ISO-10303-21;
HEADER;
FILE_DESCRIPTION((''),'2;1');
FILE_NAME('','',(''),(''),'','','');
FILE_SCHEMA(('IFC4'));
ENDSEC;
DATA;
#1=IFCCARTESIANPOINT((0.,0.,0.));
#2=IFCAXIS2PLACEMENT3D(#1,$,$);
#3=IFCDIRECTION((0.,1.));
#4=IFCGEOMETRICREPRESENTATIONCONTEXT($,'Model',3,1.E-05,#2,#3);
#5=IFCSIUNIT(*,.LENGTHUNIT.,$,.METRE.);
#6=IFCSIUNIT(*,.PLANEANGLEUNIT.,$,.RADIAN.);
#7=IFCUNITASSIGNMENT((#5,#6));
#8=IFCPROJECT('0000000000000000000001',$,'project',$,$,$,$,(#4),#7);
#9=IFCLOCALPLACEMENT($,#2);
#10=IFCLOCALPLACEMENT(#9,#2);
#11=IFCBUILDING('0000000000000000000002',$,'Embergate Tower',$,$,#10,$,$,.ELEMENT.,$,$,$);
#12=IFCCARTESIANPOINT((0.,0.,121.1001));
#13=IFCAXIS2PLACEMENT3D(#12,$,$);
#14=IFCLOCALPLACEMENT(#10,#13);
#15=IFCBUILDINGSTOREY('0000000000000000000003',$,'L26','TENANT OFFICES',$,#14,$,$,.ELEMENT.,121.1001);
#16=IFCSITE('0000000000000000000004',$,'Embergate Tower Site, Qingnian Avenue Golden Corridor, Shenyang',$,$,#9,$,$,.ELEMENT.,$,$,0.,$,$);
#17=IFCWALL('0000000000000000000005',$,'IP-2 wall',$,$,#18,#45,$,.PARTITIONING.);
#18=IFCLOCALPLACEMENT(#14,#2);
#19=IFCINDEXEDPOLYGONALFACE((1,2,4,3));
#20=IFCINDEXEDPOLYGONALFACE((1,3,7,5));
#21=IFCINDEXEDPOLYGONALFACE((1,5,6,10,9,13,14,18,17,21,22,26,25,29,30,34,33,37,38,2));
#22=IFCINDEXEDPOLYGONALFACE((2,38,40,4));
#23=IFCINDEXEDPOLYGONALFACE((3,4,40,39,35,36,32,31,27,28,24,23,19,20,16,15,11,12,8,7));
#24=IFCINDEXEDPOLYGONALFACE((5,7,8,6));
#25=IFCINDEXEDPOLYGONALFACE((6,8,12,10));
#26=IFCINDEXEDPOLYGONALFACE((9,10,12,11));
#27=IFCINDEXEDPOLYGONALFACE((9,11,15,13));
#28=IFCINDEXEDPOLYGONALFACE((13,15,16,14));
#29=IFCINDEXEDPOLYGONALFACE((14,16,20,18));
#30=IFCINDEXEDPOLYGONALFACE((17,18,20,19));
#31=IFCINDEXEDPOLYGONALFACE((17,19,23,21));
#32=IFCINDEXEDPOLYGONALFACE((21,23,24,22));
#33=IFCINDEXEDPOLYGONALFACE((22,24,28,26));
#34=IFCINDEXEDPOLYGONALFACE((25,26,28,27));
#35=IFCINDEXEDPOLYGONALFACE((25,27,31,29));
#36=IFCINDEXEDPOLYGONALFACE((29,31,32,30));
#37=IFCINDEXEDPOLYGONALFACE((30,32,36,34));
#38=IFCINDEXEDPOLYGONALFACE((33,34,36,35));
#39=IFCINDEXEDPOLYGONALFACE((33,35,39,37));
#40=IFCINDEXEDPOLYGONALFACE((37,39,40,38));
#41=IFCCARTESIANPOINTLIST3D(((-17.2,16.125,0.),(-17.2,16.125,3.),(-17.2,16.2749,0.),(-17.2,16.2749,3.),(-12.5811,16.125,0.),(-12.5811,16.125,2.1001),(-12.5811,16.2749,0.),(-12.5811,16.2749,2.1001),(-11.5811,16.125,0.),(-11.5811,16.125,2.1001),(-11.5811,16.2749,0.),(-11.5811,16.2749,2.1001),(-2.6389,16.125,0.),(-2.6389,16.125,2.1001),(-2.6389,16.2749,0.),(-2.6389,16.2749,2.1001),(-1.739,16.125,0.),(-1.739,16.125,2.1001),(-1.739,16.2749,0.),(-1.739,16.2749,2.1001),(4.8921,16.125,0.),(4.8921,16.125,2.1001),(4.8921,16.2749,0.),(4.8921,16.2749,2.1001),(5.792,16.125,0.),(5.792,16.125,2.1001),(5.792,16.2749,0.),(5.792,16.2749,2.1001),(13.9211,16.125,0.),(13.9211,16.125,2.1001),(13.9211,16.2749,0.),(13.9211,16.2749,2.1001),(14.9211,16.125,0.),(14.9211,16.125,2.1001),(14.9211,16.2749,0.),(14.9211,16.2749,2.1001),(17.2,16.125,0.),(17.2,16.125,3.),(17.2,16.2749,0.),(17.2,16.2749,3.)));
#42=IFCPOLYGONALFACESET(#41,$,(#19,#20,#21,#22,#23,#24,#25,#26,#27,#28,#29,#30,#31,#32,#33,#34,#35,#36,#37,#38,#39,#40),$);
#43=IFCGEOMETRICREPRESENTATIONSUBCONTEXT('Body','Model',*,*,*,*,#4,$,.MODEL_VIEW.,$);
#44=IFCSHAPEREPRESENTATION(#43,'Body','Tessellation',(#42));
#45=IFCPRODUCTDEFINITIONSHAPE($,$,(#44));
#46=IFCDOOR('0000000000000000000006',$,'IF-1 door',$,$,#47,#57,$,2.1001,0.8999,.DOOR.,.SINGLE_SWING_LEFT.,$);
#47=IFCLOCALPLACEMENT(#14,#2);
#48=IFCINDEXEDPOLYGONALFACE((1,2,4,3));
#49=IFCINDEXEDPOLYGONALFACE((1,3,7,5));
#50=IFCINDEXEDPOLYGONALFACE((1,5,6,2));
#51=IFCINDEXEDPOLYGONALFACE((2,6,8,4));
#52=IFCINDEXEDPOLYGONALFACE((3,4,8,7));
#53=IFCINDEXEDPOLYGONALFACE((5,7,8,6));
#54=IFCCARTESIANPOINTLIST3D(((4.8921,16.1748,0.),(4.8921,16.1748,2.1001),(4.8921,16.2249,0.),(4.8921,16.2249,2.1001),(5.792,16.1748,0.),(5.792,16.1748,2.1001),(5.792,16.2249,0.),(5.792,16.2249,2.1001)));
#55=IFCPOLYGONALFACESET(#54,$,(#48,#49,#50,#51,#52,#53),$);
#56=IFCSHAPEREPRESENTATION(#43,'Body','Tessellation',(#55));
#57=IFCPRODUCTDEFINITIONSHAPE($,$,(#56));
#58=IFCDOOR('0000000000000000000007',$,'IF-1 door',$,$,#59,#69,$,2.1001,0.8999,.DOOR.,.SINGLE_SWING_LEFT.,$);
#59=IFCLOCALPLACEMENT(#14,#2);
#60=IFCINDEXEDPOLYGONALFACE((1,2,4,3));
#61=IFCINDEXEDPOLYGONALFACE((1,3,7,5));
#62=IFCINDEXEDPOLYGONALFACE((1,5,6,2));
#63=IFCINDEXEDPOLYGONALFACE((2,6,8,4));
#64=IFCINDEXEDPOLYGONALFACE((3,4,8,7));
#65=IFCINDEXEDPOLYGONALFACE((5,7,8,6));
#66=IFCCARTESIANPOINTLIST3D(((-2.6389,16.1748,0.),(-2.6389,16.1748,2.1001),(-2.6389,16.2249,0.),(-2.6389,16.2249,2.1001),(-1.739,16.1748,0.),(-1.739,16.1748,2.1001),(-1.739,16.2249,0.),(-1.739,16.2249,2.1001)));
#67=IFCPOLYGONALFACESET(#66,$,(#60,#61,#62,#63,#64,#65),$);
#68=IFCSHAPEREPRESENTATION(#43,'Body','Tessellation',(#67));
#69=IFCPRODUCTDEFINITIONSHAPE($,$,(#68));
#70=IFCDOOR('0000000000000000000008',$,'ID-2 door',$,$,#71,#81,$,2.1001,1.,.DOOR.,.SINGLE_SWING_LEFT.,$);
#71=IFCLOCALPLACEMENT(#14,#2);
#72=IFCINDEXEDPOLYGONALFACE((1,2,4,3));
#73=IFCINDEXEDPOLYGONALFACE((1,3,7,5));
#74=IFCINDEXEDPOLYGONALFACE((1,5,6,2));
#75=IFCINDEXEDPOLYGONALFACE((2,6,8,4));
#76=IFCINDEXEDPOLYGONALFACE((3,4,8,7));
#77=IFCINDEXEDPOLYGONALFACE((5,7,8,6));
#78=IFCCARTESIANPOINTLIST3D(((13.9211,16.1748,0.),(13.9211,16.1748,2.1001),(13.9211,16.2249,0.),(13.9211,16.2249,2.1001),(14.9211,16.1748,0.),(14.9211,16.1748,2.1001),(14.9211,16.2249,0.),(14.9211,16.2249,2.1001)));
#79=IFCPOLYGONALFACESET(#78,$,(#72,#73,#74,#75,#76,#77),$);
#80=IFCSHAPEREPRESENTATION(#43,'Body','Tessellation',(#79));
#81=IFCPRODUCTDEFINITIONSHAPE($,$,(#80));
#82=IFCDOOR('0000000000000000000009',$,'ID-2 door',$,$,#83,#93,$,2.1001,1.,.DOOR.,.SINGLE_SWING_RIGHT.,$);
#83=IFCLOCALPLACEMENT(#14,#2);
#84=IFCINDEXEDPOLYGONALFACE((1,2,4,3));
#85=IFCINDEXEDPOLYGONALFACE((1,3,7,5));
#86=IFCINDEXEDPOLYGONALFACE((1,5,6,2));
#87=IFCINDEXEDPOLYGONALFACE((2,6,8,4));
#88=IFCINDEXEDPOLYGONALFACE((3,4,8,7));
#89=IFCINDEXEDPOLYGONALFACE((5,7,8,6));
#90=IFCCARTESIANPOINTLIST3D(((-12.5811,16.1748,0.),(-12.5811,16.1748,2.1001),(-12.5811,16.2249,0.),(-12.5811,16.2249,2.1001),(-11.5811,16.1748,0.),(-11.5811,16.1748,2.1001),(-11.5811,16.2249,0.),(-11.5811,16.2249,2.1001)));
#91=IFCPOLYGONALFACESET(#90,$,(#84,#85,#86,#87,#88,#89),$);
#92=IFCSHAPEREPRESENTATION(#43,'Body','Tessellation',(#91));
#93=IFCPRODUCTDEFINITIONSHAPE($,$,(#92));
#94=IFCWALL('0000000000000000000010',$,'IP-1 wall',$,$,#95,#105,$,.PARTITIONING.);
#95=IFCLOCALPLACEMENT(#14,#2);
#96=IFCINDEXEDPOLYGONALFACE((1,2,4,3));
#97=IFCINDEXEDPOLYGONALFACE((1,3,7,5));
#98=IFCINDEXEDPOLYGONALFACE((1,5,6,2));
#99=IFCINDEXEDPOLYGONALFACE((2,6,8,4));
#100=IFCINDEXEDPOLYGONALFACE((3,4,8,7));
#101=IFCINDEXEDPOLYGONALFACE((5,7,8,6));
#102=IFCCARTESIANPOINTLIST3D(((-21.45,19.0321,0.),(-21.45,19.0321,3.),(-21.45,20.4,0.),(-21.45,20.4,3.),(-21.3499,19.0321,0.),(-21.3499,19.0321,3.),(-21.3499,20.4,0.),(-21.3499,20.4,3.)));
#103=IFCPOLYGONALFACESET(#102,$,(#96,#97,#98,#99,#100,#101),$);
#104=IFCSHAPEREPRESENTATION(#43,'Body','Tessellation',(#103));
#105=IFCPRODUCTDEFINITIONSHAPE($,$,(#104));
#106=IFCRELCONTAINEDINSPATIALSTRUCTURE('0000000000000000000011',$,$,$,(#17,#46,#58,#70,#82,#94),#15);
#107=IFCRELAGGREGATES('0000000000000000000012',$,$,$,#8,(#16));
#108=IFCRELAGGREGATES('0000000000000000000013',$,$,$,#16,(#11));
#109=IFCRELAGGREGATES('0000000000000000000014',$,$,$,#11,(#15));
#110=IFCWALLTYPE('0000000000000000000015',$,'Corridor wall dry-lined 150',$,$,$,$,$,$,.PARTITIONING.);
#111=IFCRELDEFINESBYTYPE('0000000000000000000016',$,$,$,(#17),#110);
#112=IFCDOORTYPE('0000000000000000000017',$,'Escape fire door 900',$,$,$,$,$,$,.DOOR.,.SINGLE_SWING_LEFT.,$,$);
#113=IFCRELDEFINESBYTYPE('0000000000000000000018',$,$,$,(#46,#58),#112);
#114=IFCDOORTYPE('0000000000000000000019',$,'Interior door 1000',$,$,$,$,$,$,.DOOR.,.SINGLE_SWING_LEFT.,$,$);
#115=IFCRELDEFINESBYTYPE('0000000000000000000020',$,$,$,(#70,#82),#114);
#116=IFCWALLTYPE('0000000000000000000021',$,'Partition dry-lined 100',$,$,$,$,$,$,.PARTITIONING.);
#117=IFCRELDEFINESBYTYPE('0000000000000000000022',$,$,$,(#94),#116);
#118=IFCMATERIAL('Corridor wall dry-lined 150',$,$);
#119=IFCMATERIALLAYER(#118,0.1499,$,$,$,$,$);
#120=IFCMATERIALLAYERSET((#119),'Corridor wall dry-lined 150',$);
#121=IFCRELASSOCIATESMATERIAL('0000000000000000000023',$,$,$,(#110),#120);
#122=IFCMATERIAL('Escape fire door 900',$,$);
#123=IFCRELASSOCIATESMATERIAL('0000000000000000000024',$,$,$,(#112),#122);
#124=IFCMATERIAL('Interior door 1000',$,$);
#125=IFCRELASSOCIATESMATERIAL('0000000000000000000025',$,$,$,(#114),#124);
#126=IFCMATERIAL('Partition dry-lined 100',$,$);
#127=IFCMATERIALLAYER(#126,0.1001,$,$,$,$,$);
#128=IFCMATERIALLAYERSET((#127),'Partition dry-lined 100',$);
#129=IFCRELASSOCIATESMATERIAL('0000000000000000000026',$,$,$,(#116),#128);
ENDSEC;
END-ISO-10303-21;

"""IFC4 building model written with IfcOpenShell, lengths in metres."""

from ifc_helpers import new_model, si_unit, direction, frame, frame_2d, origin, place, context, subcontext, project, spatial, rectangle, extrude, source, transform, mapped, material, layer, layer_set, type_object, element, fill, save


model = new_model("IFC4")

# Units and contexts
model_context = context("Model", 3, precision=1e-05, world=origin(), true_north=direction((0.0, 1.0)))
body_context = subcontext(model_context, "Body", "Model", "MODEL_VIEW")
ifc_project = project(units=[si_unit("LENGTHUNIT", "METRE"), si_unit("PLANEANGLEUNIT", "RADIAN")], contexts=[model_context])

# Site, building, storey
site_placement = place(None, origin())
site = spatial("IfcSite", under=ifc_project, at=site_placement, Name="Embergate Tower Site, Qingnian Avenue Golden Corridor, Shenyang", CompositionType="ELEMENT", RefElevation=0.0)
building_placement = place(site_placement, origin())
building = spatial("IfcBuilding", under=site, at=building_placement, Name="Embergate Tower", CompositionType="ELEMENT")
storey_placement = place(building_placement, frame((0.0, 0.0, 121.1001)))
storey = spatial("IfcBuildingStorey", under=building, at=storey_placement, Name="L26", Description="TENANT OFFICES", CompositionType="ELEMENT", Elevation=121.1001)

# Wall, openings, doors
ifc_material_1 = material(Name="Corridor wall dry-lined 150")
ifc_layer_1 = layer(ifc_material_1, 0.1499)
ifc_layer_set_1 = layer_set([ifc_layer_1], Name="Corridor wall dry-lined 150")
wall_type_1 = type_object("IfcWallType", Name="Corridor wall dry-lined 150", PredefinedType="PARTITIONING", material=ifc_layer_set_1)
shared_shape_1 = source(origin(), body_context, "Body", "SweptSolid", [
    extrude(rectangle(XDim=34.3999, YDim=0.1499, at=frame_2d((17.2, 0.0))), origin(), (0.0, 0.0, 1.0), 3.0),
])
wall_1_placement = place(storey_placement, frame((-17.2, 16.2, 0.0), z_axis=(0.0, 0.0, 1.0), x_axis=(1.0, 0.0, 0.0)))
wall_1 = element("IfcWall", 1, at=wall_1_placement, inside=storey, type_object=wall_type_1, Name="IP-2 wall", PredefinedType="PARTITIONING", context=body_context, shape_type="MappedRepresentation", body=[
    mapped(shared_shape_1, transform((0.0, 0.0, 0.0))),
])
shared_shape_2 = source(origin(), body_context, "Body", "SweptSolid", [
    extrude(rectangle(XDim=1.0, YDim=2.1001, at=frame_2d((0.5, 1.05))), frame((0.0, 0.085, 0.0), z_axis=(0.0, -1.0, 0.0), x_axis=(1.0, 0.0, 0.0)), (0.0, 0.0, 1.0), 0.1699),
])
opening_1_placement = place(wall_1_placement, frame((31.1211, 0.0, 0.0)))
opening_1 = element("IfcOpeningElement", 2, at=opening_1_placement, cuts=wall_1, PredefinedType="OPENING", context=body_context, shape_type="MappedRepresentation", body=[
    mapped(shared_shape_2, transform((0.0, 0.0, 0.0))),
])
shared_shape_3 = source(origin(), body_context, "Body", "SweptSolid", [
    extrude(rectangle(XDim=0.8999, YDim=2.1001, at=frame_2d((0.45, 1.05))), frame((0.0, 0.085, 0.0), z_axis=(0.0, -1.0, 0.0), x_axis=(1.0, 0.0, 0.0)), (0.0, 0.0, 1.0), 0.1699),
])
opening_2_placement = place(wall_1_placement, frame((22.092, 0.0, 0.0)))
opening_2 = element("IfcOpeningElement", 3, at=opening_2_placement, cuts=wall_1, PredefinedType="OPENING", context=body_context, shape_type="MappedRepresentation", body=[
    mapped(shared_shape_3, transform((0.0, 0.0, 0.0))),
])
opening_3_placement = place(wall_1_placement, frame((14.561, 0.0, 0.0)))
opening_3 = element("IfcOpeningElement", 4, at=opening_3_placement, cuts=wall_1, PredefinedType="OPENING", context=body_context, shape_type="MappedRepresentation", body=[
    mapped(shared_shape_3, transform((0.0, 0.0, 0.0))),
])
opening_4_placement = place(wall_1_placement, frame((4.6189, 0.0, 0.0)))
opening_4 = element("IfcOpeningElement", 5, at=opening_4_placement, cuts=wall_1, PredefinedType="OPENING", context=body_context, shape_type="MappedRepresentation", body=[
    mapped(shared_shape_2, transform((0.0, 0.0, 0.0))),
])
ifc_material_2 = material(Name="Escape fire door 900")
door_type_1 = type_object("IfcDoorType", Name="Escape fire door 900", OperationType="SINGLE_SWING_LEFT", PredefinedType="DOOR", material=ifc_material_2)
shared_shape_4 = source(origin(), body_context, "Body", "SweptSolid", [
    extrude(rectangle(XDim=0.8999, YDim=2.1001, at=frame_2d((0.45, 1.05))), frame((0.0, 0.0249, 0.0), z_axis=(0.0, -1.0, 0.0), x_axis=(1.0, 0.0, 0.0)), (0.0, 0.0, 1.0), 0.05),
])
door_1_placement = place(opening_2_placement, origin())
door_1 = element("IfcDoor", 6, at=door_1_placement, inside=storey, type_object=door_type_1, Name="IF-1 door", OperationType="SINGLE_SWING_LEFT", OverallHeight=2.1001, OverallWidth=0.8999, PredefinedType="DOOR", context=body_context, shape_type="MappedRepresentation", body=[
    mapped(shared_shape_4, transform((0.0, 0.0, 0.0))),
])
fill(opening_2, door_1)
door_2_placement = place(opening_3_placement, origin())
door_2 = element("IfcDoor", 7, at=door_2_placement, inside=storey, type_object=door_type_1, Name="IF-1 door", OperationType="SINGLE_SWING_LEFT", OverallHeight=2.1001, OverallWidth=0.8999, PredefinedType="DOOR", context=body_context, shape_type="MappedRepresentation", body=[
    mapped(shared_shape_4, transform((0.0, 0.0, 0.0))),
])
fill(opening_3, door_2)
ifc_material_3 = material(Name="Interior door 1000")
door_type_2 = type_object("IfcDoorType", Name="Interior door 1000", OperationType="SINGLE_SWING_LEFT", PredefinedType="DOOR", material=ifc_material_3)
shared_shape_5 = source(origin(), body_context, "Body", "SweptSolid", [
    extrude(rectangle(XDim=1.0, YDim=2.1001, at=frame_2d((0.5, 1.05))), frame((0.0, 0.0249, 0.0), z_axis=(0.0, -1.0, 0.0), x_axis=(1.0, 0.0, 0.0)), (0.0, 0.0, 1.0), 0.05),
])
door_3_placement = place(opening_1_placement, origin())
door_3 = element("IfcDoor", 8, at=door_3_placement, inside=storey, type_object=door_type_2, Name="ID-2 door", OperationType="SINGLE_SWING_LEFT", OverallHeight=2.1001, OverallWidth=1.0, PredefinedType="DOOR", context=body_context, shape_type="MappedRepresentation", body=[
    mapped(shared_shape_5, transform((0.0, 0.0, 0.0))),
])
fill(opening_1, door_3)
door_4_placement = place(opening_4_placement, origin())
door_4 = element("IfcDoor", 9, at=door_4_placement, inside=storey, type_object=door_type_2, Name="ID-2 door", OperationType="SINGLE_SWING_RIGHT", OverallHeight=2.1001, OverallWidth=1.0, PredefinedType="DOOR", context=body_context, shape_type="MappedRepresentation", body=[
    mapped(shared_shape_5, transform((0.0, 0.0, 0.0))),
])
fill(opening_4, door_4)

# Wall
ifc_material_4 = material(Name="Partition dry-lined 100")
ifc_layer_2 = layer(ifc_material_4, 0.1001)
ifc_layer_set_2 = layer_set([ifc_layer_2], Name="Partition dry-lined 100")
wall_type_2 = type_object("IfcWallType", Name="Partition dry-lined 100", PredefinedType="PARTITIONING", material=ifc_layer_set_2)
shared_shape_6 = source(origin(), body_context, "Body", "SweptSolid", [
    extrude(rectangle(XDim=1.3679, YDim=0.1001, at=frame_2d((0.6841, 0.0))), origin(), (0.0, 0.0, 1.0), 3.0),
])
wall_2_placement = place(storey_placement, frame((-21.3999, 19.032, 0.0), z_axis=(0.0, 0.0, 1.0), x_axis=(0.0, 1.0, 0.0)))
element("IfcWall", 10, at=wall_2_placement, inside=storey, type_object=wall_type_2, Name="IP-1 wall", PredefinedType="PARTITIONING", context=body_context, shape_type="MappedRepresentation", body=[
    mapped(shared_shape_6, transform((0.0, 0.0, 0.0))),
])

save(model, "model.ifc")
